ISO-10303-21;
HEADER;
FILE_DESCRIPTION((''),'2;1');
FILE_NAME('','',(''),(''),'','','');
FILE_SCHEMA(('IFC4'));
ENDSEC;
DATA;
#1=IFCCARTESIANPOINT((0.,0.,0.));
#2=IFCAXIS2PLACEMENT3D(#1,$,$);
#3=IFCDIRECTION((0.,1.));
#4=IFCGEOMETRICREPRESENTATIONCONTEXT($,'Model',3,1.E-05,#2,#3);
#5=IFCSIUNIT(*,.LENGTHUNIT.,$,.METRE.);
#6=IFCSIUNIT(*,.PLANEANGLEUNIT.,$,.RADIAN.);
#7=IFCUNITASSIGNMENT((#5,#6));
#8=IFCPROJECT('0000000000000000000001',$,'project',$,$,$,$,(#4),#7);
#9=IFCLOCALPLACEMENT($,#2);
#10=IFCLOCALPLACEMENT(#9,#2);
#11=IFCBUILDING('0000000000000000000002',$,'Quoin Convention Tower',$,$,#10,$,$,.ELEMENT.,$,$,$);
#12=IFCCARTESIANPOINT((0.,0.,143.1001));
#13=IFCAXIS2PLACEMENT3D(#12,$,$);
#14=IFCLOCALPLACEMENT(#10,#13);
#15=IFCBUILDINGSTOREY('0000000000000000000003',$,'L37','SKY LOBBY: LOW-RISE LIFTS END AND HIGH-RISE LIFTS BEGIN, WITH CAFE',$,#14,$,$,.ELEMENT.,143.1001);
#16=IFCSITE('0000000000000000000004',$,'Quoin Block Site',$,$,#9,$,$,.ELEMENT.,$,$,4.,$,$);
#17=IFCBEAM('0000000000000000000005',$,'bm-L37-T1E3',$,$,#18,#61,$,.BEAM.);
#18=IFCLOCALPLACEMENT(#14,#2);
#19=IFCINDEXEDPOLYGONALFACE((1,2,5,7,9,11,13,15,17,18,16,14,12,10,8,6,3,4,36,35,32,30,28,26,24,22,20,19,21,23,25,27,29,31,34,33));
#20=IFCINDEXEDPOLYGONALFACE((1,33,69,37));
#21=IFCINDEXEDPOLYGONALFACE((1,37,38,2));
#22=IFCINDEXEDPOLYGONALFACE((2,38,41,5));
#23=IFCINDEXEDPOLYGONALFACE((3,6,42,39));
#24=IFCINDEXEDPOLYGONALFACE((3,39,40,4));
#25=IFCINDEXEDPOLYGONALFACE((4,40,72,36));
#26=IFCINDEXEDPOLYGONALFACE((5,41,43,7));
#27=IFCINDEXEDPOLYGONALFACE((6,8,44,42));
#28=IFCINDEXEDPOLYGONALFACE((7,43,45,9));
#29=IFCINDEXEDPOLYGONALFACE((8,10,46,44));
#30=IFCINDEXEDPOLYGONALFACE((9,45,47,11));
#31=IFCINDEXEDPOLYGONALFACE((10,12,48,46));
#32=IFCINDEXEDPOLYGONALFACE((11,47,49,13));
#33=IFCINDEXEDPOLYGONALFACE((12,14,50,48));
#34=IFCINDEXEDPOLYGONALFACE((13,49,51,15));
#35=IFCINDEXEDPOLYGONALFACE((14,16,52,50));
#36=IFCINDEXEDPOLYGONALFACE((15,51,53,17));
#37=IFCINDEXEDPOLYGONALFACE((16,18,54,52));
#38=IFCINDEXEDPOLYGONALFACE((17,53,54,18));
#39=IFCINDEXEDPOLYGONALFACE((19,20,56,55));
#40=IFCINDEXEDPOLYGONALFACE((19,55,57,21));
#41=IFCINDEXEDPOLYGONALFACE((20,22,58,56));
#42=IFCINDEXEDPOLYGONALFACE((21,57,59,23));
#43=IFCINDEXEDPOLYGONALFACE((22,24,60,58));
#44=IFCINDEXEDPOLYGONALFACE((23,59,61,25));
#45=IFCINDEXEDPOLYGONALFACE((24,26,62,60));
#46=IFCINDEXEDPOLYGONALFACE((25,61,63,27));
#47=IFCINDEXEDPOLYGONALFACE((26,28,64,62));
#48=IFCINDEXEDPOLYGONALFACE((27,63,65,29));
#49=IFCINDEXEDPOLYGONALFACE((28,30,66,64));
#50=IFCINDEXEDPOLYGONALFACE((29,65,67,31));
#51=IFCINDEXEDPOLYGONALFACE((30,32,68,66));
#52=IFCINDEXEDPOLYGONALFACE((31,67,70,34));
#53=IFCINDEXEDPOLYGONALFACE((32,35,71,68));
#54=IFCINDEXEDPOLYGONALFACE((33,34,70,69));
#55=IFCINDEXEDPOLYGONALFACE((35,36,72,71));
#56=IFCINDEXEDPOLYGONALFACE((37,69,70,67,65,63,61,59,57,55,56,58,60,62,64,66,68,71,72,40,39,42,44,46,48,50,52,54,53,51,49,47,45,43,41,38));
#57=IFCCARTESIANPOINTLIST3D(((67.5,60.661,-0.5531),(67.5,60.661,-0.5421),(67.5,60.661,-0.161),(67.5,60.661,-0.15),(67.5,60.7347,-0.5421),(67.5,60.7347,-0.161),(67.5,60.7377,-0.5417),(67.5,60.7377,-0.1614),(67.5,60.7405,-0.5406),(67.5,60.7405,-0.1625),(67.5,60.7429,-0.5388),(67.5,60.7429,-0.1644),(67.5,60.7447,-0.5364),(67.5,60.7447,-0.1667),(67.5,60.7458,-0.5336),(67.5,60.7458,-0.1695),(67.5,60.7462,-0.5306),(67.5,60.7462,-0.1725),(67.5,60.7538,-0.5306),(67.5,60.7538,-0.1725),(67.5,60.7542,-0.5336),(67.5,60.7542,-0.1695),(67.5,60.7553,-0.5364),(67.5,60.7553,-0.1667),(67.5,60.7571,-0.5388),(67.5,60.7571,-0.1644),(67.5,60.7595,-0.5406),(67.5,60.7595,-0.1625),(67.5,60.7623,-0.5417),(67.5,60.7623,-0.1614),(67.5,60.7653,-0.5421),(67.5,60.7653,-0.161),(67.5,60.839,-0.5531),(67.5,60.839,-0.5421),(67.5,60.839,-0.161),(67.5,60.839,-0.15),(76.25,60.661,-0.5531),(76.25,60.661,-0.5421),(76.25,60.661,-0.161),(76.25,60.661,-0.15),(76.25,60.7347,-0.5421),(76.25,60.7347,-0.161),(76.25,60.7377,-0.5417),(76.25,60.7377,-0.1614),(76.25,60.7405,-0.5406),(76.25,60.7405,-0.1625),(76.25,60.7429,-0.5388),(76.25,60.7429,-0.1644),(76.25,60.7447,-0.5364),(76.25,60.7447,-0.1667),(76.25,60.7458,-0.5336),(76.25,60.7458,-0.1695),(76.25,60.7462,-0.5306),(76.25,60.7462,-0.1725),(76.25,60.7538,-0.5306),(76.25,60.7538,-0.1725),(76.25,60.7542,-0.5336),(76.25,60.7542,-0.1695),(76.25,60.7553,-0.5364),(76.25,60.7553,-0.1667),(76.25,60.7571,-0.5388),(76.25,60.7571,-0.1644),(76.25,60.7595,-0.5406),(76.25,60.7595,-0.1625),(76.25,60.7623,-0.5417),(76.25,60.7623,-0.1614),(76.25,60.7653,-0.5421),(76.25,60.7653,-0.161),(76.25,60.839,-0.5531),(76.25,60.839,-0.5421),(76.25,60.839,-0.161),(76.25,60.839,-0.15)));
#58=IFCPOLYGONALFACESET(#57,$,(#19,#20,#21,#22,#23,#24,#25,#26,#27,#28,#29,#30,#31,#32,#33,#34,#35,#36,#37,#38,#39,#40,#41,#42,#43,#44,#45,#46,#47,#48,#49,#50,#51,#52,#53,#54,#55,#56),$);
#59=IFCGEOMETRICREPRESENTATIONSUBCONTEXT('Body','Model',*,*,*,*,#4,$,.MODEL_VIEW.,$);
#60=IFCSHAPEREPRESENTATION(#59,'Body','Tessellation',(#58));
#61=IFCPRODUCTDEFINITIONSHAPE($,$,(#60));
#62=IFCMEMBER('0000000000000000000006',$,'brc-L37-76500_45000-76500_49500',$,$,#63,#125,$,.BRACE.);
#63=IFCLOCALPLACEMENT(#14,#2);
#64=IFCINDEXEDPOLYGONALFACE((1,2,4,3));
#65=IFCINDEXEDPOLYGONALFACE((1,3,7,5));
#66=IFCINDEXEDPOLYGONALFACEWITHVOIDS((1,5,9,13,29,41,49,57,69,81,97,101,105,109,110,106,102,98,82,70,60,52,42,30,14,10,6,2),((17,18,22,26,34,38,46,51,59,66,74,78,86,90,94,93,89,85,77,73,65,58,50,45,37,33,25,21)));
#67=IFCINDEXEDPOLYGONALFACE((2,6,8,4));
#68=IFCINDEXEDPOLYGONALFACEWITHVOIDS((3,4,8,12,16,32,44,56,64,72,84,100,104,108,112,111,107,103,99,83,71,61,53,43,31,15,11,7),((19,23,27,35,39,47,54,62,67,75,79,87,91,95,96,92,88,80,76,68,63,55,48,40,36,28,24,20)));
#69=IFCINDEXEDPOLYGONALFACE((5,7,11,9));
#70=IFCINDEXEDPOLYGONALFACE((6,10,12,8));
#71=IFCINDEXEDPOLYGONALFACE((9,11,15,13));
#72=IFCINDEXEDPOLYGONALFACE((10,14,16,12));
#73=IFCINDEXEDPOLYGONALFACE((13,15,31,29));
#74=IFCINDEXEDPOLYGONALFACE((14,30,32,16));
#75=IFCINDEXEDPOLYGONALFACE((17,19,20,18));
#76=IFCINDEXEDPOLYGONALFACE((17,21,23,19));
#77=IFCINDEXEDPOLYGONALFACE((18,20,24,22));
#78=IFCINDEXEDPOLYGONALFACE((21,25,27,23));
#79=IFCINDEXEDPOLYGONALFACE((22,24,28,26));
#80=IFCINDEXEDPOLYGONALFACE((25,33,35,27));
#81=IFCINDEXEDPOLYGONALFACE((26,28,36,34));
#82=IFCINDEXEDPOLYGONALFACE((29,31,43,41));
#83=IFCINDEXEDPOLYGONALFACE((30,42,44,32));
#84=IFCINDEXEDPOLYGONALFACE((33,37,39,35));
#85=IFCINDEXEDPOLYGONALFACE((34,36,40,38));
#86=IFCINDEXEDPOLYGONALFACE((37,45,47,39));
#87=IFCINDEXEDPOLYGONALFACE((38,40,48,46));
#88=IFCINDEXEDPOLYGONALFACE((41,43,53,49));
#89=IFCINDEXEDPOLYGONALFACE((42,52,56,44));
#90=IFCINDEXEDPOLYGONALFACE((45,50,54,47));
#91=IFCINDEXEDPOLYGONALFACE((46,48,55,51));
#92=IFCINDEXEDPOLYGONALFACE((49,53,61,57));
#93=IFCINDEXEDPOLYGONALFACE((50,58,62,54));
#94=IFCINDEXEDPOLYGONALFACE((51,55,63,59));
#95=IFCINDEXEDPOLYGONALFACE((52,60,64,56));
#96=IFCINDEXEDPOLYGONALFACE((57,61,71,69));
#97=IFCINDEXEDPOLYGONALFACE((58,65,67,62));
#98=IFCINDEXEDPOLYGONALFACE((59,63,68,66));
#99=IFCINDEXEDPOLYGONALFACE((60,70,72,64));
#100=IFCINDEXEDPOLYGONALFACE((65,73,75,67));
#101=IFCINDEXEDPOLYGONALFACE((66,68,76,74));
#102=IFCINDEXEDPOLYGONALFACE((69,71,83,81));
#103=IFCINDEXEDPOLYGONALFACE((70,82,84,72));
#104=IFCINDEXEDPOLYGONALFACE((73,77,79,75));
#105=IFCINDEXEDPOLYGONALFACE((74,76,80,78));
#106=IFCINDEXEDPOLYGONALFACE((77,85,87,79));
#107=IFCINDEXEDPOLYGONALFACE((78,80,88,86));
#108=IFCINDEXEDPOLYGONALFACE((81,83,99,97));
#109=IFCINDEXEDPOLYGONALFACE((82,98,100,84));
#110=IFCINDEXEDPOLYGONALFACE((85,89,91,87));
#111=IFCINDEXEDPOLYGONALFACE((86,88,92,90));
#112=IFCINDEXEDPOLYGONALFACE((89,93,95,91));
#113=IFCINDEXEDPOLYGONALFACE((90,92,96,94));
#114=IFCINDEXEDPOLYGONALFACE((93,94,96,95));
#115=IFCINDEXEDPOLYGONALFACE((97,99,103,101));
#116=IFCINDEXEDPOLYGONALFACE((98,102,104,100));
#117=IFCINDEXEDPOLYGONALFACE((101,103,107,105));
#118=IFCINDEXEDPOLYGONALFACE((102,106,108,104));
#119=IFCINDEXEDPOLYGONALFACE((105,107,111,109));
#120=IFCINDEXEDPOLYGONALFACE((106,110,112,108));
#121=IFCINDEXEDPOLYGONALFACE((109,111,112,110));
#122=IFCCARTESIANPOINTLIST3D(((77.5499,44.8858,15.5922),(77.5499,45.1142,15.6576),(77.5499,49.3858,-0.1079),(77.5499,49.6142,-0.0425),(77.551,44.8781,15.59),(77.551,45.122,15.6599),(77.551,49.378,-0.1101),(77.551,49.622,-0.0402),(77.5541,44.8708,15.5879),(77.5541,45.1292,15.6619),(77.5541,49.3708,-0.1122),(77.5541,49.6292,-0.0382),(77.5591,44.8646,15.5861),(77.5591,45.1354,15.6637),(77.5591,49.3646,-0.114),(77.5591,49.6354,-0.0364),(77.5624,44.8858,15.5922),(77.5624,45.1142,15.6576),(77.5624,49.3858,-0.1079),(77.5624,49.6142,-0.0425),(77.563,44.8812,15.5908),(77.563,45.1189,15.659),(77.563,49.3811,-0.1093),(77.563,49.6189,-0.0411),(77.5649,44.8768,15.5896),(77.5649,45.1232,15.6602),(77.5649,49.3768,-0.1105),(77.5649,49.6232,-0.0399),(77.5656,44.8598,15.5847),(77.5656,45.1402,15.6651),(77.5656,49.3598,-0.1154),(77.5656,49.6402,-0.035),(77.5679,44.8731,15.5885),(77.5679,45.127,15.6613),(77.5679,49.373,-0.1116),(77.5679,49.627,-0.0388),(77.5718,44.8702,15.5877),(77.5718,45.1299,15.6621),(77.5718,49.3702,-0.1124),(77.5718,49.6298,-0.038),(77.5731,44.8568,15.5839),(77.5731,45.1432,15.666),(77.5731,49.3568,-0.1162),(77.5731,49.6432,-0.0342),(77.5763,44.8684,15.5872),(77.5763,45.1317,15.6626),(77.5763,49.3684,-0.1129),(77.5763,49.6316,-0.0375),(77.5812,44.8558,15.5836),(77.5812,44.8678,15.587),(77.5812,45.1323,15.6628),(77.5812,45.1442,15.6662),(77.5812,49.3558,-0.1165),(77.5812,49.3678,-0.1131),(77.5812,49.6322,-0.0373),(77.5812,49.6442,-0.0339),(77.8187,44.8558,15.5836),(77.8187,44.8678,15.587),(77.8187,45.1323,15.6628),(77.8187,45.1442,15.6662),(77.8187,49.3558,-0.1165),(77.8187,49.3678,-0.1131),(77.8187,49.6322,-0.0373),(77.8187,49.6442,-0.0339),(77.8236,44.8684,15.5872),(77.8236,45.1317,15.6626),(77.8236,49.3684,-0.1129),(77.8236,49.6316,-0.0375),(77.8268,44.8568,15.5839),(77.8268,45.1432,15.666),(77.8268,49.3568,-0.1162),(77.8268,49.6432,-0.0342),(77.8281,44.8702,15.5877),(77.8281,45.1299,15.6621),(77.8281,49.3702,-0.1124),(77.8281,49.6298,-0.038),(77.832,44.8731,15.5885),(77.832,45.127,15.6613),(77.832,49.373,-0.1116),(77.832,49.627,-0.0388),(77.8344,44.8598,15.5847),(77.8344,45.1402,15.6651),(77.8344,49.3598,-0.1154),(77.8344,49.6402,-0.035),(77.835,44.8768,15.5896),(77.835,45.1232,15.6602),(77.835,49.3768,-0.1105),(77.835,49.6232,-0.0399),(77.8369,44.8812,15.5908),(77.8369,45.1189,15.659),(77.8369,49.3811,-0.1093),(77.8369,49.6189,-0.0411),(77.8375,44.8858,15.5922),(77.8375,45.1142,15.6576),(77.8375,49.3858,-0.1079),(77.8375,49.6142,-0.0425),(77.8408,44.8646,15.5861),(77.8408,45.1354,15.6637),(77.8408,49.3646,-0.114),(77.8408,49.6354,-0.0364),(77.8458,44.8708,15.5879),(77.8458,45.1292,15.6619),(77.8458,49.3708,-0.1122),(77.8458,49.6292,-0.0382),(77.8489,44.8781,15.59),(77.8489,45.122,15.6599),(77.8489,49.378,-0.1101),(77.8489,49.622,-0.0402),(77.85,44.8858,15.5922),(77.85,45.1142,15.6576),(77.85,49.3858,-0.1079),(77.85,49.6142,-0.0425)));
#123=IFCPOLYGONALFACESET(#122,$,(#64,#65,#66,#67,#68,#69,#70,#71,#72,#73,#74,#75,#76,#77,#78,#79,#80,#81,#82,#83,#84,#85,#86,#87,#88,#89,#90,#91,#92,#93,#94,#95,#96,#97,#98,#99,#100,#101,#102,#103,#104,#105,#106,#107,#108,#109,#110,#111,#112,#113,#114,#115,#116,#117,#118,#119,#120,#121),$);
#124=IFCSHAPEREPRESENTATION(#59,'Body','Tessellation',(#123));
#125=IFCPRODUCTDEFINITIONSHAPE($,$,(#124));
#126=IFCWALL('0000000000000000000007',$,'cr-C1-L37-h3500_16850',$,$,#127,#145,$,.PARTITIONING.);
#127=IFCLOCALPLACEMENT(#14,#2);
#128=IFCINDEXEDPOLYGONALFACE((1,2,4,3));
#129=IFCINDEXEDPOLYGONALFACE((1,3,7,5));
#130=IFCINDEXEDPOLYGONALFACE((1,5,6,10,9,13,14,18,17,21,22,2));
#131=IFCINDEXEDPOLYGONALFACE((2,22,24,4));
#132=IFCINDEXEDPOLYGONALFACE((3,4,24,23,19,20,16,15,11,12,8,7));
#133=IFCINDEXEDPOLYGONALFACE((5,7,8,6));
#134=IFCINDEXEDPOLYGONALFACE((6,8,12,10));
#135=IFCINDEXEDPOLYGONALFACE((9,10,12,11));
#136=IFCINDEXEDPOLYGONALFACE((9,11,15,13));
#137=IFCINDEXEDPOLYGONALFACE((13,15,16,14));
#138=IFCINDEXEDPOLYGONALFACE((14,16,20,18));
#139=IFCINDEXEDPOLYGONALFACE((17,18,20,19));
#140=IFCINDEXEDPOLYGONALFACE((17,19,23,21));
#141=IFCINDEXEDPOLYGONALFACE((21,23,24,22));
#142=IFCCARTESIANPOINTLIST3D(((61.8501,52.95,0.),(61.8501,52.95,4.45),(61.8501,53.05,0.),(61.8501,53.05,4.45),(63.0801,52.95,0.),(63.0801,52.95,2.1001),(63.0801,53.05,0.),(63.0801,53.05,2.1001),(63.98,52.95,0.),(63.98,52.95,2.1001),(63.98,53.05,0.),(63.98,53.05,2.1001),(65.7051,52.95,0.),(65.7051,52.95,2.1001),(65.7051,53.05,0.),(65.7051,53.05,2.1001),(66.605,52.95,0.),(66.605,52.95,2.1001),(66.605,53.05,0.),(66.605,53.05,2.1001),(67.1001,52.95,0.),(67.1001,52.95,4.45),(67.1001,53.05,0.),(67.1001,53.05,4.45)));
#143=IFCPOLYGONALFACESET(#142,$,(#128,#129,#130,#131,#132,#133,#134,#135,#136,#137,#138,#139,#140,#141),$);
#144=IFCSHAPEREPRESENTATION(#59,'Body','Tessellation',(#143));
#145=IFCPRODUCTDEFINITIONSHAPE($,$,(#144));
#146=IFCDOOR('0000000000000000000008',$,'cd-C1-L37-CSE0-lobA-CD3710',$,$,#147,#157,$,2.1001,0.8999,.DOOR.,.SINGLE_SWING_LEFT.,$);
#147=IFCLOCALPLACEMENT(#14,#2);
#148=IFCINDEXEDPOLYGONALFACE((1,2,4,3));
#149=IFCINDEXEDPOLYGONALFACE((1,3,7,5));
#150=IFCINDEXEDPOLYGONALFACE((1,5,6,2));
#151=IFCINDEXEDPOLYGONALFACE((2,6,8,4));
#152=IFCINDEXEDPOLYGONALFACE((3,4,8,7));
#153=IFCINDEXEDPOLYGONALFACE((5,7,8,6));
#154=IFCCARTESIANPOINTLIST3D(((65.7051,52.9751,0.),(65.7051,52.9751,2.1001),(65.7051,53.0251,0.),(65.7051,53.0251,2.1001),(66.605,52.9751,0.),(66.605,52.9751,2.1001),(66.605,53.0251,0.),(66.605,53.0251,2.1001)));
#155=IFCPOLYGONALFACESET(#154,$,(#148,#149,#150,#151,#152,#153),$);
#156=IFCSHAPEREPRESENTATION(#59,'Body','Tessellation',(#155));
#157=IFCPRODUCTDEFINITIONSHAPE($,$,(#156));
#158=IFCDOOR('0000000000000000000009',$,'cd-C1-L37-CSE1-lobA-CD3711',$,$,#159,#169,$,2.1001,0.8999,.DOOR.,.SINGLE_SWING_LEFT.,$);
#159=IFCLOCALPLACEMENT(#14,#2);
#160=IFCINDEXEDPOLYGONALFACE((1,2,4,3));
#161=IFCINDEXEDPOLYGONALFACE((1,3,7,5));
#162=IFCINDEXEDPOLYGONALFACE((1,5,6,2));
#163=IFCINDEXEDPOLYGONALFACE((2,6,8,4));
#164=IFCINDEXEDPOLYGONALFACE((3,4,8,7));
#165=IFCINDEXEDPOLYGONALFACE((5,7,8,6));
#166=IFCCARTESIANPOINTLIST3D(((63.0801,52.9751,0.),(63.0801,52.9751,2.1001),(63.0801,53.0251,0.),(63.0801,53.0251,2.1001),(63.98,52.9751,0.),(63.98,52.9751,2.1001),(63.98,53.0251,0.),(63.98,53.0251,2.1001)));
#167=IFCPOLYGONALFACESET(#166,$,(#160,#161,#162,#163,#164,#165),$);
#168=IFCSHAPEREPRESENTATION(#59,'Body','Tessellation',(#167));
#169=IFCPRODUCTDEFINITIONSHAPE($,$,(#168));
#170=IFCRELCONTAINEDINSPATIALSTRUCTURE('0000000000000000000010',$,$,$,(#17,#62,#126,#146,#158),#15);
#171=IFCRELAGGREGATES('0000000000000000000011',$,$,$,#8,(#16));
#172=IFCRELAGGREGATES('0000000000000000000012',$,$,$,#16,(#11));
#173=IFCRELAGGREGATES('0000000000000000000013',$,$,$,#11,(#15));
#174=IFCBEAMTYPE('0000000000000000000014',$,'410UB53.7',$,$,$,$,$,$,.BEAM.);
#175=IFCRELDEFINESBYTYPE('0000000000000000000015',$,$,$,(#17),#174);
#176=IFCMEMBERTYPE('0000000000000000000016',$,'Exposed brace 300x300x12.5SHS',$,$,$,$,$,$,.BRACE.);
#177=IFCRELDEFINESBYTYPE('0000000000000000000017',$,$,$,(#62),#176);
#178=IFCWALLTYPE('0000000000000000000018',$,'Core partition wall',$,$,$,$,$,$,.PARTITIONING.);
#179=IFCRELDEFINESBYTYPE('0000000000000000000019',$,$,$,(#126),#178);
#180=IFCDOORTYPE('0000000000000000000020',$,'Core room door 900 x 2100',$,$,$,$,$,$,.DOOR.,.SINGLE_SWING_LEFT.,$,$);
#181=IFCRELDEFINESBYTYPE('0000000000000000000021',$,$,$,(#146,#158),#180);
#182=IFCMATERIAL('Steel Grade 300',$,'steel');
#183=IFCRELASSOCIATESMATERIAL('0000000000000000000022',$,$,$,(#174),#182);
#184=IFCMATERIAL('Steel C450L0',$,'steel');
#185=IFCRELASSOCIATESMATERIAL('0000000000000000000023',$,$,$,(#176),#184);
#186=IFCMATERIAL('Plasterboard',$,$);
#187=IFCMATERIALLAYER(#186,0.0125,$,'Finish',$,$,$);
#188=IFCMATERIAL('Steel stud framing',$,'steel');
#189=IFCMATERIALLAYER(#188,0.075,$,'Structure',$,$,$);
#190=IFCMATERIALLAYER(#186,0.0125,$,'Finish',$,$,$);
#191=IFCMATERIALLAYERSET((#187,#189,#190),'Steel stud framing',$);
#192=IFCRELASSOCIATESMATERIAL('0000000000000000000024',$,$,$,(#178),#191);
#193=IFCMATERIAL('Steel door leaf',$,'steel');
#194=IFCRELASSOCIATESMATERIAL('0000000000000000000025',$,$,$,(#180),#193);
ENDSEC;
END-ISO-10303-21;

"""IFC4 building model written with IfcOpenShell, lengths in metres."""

from ifc_helpers import new_model, si_unit, direction, frame, frame_2d, origin, origin_2d, place, context, subcontext, project, spatial, rectangle, hollow_rectangle, i_section, extrude, material, layer, layer_set, material_profile, profile_set, type_object, element, fill, save


model = new_model("IFC4")

# Units and contexts
model_context = context("Model", 3, precision=1e-05, world=origin(), true_north=direction((0.0, 1.0)))
body_context = subcontext(model_context, "Body", "Model", "MODEL_VIEW")
ifc_project = project(units=[si_unit("LENGTHUNIT", "METRE"), si_unit("PLANEANGLEUNIT", "RADIAN")], contexts=[model_context])

# Site, building, storey
site_placement = place(None, origin())
site = spatial("IfcSite", under=ifc_project, at=site_placement, Name="Quoin Block Site", CompositionType="ELEMENT", RefElevation=4.0)
building_placement = place(site_placement, origin())
building = spatial("IfcBuilding", under=site, at=building_placement, Name="Quoin Convention Tower", CompositionType="ELEMENT")
storey_placement = place(building_placement, frame((0.0, 0.0, 143.1001)))
storey = spatial("IfcBuildingStorey", under=building, at=storey_placement, Name="L37", Description="SKY LOBBY: LOW-RISE LIFTS END AND HIGH-RISE LIFTS BEGIN, WITH CAFE", CompositionType="ELEMENT", Elevation=143.1001)

# Beam
ifc_material_1 = material(Name="Steel Grade 300", Category="steel")
ifc_material_profile_1 = material_profile(ifc_material_1, i_section(OverallWidth=0.178, OverallDepth=0.4031, WebThickness=0.0076, FlangeThickness=0.011, FilletRadius=0.0115, at=origin_2d()), Name="410UB53.7")
ifc_profile_set_1 = profile_set([ifc_material_profile_1], Name="Steel Grade 300")
beam_type = type_object("IfcBeamType", Name="410UB53.7", PredefinedType="BEAM", material=ifc_profile_set_1)
for number, where, z_axis, x_axis, name in (
    (1, (67.5, 60.75, -0.3516), (1.0, 0.0, 0.0), (0.0, 1.0, 0.0), "bm-L37-T1E3"),
):
    element("IfcBeam", number, at=place(storey_placement, frame(where, z_axis=z_axis, x_axis=x_axis)), inside=storey, type_object=beam_type, Name=name, PredefinedType="BEAM", context=body_context, shape_type="SweptSolid", body=[
        extrude(i_section(OverallWidth=0.178, OverallDepth=0.4031, WebThickness=0.0076, FlangeThickness=0.011, FilletRadius=0.0115, at=origin_2d()), origin(), (0.0, 0.0, 1.0), 8.75),
    ])

# Member
ifc_material_2 = material(Name="Steel C450L0", Category="steel")
ifc_material_profile_2 = material_profile(ifc_material_2, hollow_rectangle(XDim=0.3, YDim=0.3, WallThickness=0.0125, InnerFilletRadius=0.0188, OuterFilletRadius=0.0312, at=origin_2d()), Name="300x300x12.5SHS")
ifc_profile_set_2 = profile_set([ifc_material_profile_2], Name="Steel C450L0")
member_type = type_object("IfcMemberType", Name="Exposed brace 300x300x12.5SHS", PredefinedType="BRACE", material=ifc_profile_set_2)
member_placement = place(storey_placement, frame((77.7, 49.5, -0.0752), z_axis=(0.0, -0.275527, 0.961293), x_axis=(1.0, 0.0, 0.0)))
element("IfcMember", 2, at=member_placement, inside=storey, type_object=member_type, Name="brc-L37-76500_45000-76500_49500", PredefinedType="BRACE", context=body_context, shape_type="SweptSolid", body=[
    extrude(hollow_rectangle(XDim=0.3, YDim=0.3, WallThickness=0.0125, InnerFilletRadius=0.0188, OuterFilletRadius=0.0312, at=origin_2d()), origin(), (0.0, 0.0, 1.0), 16.3323),
])

# Wall, openings, doors
ifc_material_3 = material(Name="Plasterboard")
ifc_layer_1 = layer(ifc_material_3, 0.0125, Name="Finish")
ifc_material_4 = material(Name="Steel stud framing", Category="steel")
ifc_layer_2 = layer(ifc_material_4, 0.075, Name="Structure")
ifc_layer_3 = layer(ifc_material_3, 0.0125, Name="Finish")
ifc_layer_set_1 = layer_set([ifc_layer_1, ifc_layer_2, ifc_layer_3], Name="Steel stud framing")
wall_type_1 = type_object("IfcWallType", Name="Core partition wall", PredefinedType="PARTITIONING", material=ifc_layer_set_1)
wall_1_placement = place(storey_placement, frame((61.8501, 53.0, 0.0), z_axis=(0.0, 0.0, 1.0), x_axis=(1.0, 0.0, 0.0)))
wall_1 = element("IfcWall", 3, at=wall_1_placement, inside=storey, type_object=wall_type_1, Name="cr-C1-L37-h3500_16850", PredefinedType="PARTITIONING", context=body_context, shape_type="SweptSolid", body=[
    extrude(rectangle(XDim=5.25, YDim=0.1001, at=frame_2d((2.625, 0.0))), origin(), (0.0, 0.0, 1.0), 4.45),
])
opening_1_placement = place(wall_1_placement, frame((3.855, 0.0, 0.0)))
opening_1 = element("IfcOpeningElement", 4, at=opening_1_placement, cuts=wall_1, PredefinedType="OPENING", context=body_context, shape_type="SweptSolid", body=[
    extrude(rectangle(XDim=0.8999, YDim=2.1001, at=frame_2d((0.45, 1.05))), frame((0.0, 0.0601, 0.0), z_axis=(0.0, -1.0, 0.0), x_axis=(1.0, 0.0, 0.0)), (0.0, 0.0, 1.0), 0.1201),
])
opening_2_placement = place(wall_1_placement, frame((1.23, 0.0, 0.0)))
opening_2 = element("IfcOpeningElement", 5, at=opening_2_placement, cuts=wall_1, PredefinedType="OPENING", context=body_context, shape_type="SweptSolid", body=[
    extrude(rectangle(XDim=0.8999, YDim=2.1001, at=frame_2d((0.45, 1.05))), frame((0.0, 0.0601, 0.0), z_axis=(0.0, -1.0, 0.0), x_axis=(1.0, 0.0, 0.0)), (0.0, 0.0, 1.0), 0.1201),
])
ifc_material_5 = material(Name="Steel door leaf", Category="steel")
door_type = type_object("IfcDoorType", Name="Core room door 900 x 2100", OperationType="SINGLE_SWING_LEFT", PredefinedType="DOOR", material=ifc_material_5)
door_1_placement = place(opening_1_placement, frame((0.8999, 0.0, 0.0), z_axis=(0.0, 0.0, 1.0), x_axis=(-1.0, 0.0, 0.0)))
door_1 = element("IfcDoor", 6, at=door_1_placement, inside=storey, type_object=door_type, Name="cd-C1-L37-CSE0-lobA-CD3710", OperationType="SINGLE_SWING_LEFT", OverallHeight=2.1001, OverallWidth=0.8999, PredefinedType="DOOR", context=body_context, shape_type="SweptSolid", body=[
    extrude(rectangle(XDim=0.8999, YDim=2.1001, at=frame_2d((0.45, 1.05))), frame((0.0, 0.0249, 0.0), z_axis=(0.0, -1.0, 0.0), x_axis=(1.0, 0.0, 0.0)), (0.0, 0.0, 1.0), 0.05),
])
fill(opening_1, door_1)
door_2_placement = place(opening_2_placement, frame((0.8999, 0.0, 0.0), z_axis=(0.0, 0.0, 1.0), x_axis=(-1.0, 0.0, 0.0)))
door_2 = element("IfcDoor", 7, at=door_2_placement, inside=storey, type_object=door_type, Name="cd-C1-L37-CSE1-lobA-CD3711", OperationType="SINGLE_SWING_LEFT", OverallHeight=2.1001, OverallWidth=0.8999, PredefinedType="DOOR", context=body_context, shape_type="SweptSolid", body=[
    extrude(rectangle(XDim=0.8999, YDim=2.1001, at=frame_2d((0.45, 1.05))), frame((0.0, 0.0249, 0.0), z_axis=(0.0, -1.0, 0.0), x_axis=(1.0, 0.0, 0.0)), (0.0, 0.0, 1.0), 0.05),
])
fill(opening_2, door_2)

save(model, "model.ifc")
